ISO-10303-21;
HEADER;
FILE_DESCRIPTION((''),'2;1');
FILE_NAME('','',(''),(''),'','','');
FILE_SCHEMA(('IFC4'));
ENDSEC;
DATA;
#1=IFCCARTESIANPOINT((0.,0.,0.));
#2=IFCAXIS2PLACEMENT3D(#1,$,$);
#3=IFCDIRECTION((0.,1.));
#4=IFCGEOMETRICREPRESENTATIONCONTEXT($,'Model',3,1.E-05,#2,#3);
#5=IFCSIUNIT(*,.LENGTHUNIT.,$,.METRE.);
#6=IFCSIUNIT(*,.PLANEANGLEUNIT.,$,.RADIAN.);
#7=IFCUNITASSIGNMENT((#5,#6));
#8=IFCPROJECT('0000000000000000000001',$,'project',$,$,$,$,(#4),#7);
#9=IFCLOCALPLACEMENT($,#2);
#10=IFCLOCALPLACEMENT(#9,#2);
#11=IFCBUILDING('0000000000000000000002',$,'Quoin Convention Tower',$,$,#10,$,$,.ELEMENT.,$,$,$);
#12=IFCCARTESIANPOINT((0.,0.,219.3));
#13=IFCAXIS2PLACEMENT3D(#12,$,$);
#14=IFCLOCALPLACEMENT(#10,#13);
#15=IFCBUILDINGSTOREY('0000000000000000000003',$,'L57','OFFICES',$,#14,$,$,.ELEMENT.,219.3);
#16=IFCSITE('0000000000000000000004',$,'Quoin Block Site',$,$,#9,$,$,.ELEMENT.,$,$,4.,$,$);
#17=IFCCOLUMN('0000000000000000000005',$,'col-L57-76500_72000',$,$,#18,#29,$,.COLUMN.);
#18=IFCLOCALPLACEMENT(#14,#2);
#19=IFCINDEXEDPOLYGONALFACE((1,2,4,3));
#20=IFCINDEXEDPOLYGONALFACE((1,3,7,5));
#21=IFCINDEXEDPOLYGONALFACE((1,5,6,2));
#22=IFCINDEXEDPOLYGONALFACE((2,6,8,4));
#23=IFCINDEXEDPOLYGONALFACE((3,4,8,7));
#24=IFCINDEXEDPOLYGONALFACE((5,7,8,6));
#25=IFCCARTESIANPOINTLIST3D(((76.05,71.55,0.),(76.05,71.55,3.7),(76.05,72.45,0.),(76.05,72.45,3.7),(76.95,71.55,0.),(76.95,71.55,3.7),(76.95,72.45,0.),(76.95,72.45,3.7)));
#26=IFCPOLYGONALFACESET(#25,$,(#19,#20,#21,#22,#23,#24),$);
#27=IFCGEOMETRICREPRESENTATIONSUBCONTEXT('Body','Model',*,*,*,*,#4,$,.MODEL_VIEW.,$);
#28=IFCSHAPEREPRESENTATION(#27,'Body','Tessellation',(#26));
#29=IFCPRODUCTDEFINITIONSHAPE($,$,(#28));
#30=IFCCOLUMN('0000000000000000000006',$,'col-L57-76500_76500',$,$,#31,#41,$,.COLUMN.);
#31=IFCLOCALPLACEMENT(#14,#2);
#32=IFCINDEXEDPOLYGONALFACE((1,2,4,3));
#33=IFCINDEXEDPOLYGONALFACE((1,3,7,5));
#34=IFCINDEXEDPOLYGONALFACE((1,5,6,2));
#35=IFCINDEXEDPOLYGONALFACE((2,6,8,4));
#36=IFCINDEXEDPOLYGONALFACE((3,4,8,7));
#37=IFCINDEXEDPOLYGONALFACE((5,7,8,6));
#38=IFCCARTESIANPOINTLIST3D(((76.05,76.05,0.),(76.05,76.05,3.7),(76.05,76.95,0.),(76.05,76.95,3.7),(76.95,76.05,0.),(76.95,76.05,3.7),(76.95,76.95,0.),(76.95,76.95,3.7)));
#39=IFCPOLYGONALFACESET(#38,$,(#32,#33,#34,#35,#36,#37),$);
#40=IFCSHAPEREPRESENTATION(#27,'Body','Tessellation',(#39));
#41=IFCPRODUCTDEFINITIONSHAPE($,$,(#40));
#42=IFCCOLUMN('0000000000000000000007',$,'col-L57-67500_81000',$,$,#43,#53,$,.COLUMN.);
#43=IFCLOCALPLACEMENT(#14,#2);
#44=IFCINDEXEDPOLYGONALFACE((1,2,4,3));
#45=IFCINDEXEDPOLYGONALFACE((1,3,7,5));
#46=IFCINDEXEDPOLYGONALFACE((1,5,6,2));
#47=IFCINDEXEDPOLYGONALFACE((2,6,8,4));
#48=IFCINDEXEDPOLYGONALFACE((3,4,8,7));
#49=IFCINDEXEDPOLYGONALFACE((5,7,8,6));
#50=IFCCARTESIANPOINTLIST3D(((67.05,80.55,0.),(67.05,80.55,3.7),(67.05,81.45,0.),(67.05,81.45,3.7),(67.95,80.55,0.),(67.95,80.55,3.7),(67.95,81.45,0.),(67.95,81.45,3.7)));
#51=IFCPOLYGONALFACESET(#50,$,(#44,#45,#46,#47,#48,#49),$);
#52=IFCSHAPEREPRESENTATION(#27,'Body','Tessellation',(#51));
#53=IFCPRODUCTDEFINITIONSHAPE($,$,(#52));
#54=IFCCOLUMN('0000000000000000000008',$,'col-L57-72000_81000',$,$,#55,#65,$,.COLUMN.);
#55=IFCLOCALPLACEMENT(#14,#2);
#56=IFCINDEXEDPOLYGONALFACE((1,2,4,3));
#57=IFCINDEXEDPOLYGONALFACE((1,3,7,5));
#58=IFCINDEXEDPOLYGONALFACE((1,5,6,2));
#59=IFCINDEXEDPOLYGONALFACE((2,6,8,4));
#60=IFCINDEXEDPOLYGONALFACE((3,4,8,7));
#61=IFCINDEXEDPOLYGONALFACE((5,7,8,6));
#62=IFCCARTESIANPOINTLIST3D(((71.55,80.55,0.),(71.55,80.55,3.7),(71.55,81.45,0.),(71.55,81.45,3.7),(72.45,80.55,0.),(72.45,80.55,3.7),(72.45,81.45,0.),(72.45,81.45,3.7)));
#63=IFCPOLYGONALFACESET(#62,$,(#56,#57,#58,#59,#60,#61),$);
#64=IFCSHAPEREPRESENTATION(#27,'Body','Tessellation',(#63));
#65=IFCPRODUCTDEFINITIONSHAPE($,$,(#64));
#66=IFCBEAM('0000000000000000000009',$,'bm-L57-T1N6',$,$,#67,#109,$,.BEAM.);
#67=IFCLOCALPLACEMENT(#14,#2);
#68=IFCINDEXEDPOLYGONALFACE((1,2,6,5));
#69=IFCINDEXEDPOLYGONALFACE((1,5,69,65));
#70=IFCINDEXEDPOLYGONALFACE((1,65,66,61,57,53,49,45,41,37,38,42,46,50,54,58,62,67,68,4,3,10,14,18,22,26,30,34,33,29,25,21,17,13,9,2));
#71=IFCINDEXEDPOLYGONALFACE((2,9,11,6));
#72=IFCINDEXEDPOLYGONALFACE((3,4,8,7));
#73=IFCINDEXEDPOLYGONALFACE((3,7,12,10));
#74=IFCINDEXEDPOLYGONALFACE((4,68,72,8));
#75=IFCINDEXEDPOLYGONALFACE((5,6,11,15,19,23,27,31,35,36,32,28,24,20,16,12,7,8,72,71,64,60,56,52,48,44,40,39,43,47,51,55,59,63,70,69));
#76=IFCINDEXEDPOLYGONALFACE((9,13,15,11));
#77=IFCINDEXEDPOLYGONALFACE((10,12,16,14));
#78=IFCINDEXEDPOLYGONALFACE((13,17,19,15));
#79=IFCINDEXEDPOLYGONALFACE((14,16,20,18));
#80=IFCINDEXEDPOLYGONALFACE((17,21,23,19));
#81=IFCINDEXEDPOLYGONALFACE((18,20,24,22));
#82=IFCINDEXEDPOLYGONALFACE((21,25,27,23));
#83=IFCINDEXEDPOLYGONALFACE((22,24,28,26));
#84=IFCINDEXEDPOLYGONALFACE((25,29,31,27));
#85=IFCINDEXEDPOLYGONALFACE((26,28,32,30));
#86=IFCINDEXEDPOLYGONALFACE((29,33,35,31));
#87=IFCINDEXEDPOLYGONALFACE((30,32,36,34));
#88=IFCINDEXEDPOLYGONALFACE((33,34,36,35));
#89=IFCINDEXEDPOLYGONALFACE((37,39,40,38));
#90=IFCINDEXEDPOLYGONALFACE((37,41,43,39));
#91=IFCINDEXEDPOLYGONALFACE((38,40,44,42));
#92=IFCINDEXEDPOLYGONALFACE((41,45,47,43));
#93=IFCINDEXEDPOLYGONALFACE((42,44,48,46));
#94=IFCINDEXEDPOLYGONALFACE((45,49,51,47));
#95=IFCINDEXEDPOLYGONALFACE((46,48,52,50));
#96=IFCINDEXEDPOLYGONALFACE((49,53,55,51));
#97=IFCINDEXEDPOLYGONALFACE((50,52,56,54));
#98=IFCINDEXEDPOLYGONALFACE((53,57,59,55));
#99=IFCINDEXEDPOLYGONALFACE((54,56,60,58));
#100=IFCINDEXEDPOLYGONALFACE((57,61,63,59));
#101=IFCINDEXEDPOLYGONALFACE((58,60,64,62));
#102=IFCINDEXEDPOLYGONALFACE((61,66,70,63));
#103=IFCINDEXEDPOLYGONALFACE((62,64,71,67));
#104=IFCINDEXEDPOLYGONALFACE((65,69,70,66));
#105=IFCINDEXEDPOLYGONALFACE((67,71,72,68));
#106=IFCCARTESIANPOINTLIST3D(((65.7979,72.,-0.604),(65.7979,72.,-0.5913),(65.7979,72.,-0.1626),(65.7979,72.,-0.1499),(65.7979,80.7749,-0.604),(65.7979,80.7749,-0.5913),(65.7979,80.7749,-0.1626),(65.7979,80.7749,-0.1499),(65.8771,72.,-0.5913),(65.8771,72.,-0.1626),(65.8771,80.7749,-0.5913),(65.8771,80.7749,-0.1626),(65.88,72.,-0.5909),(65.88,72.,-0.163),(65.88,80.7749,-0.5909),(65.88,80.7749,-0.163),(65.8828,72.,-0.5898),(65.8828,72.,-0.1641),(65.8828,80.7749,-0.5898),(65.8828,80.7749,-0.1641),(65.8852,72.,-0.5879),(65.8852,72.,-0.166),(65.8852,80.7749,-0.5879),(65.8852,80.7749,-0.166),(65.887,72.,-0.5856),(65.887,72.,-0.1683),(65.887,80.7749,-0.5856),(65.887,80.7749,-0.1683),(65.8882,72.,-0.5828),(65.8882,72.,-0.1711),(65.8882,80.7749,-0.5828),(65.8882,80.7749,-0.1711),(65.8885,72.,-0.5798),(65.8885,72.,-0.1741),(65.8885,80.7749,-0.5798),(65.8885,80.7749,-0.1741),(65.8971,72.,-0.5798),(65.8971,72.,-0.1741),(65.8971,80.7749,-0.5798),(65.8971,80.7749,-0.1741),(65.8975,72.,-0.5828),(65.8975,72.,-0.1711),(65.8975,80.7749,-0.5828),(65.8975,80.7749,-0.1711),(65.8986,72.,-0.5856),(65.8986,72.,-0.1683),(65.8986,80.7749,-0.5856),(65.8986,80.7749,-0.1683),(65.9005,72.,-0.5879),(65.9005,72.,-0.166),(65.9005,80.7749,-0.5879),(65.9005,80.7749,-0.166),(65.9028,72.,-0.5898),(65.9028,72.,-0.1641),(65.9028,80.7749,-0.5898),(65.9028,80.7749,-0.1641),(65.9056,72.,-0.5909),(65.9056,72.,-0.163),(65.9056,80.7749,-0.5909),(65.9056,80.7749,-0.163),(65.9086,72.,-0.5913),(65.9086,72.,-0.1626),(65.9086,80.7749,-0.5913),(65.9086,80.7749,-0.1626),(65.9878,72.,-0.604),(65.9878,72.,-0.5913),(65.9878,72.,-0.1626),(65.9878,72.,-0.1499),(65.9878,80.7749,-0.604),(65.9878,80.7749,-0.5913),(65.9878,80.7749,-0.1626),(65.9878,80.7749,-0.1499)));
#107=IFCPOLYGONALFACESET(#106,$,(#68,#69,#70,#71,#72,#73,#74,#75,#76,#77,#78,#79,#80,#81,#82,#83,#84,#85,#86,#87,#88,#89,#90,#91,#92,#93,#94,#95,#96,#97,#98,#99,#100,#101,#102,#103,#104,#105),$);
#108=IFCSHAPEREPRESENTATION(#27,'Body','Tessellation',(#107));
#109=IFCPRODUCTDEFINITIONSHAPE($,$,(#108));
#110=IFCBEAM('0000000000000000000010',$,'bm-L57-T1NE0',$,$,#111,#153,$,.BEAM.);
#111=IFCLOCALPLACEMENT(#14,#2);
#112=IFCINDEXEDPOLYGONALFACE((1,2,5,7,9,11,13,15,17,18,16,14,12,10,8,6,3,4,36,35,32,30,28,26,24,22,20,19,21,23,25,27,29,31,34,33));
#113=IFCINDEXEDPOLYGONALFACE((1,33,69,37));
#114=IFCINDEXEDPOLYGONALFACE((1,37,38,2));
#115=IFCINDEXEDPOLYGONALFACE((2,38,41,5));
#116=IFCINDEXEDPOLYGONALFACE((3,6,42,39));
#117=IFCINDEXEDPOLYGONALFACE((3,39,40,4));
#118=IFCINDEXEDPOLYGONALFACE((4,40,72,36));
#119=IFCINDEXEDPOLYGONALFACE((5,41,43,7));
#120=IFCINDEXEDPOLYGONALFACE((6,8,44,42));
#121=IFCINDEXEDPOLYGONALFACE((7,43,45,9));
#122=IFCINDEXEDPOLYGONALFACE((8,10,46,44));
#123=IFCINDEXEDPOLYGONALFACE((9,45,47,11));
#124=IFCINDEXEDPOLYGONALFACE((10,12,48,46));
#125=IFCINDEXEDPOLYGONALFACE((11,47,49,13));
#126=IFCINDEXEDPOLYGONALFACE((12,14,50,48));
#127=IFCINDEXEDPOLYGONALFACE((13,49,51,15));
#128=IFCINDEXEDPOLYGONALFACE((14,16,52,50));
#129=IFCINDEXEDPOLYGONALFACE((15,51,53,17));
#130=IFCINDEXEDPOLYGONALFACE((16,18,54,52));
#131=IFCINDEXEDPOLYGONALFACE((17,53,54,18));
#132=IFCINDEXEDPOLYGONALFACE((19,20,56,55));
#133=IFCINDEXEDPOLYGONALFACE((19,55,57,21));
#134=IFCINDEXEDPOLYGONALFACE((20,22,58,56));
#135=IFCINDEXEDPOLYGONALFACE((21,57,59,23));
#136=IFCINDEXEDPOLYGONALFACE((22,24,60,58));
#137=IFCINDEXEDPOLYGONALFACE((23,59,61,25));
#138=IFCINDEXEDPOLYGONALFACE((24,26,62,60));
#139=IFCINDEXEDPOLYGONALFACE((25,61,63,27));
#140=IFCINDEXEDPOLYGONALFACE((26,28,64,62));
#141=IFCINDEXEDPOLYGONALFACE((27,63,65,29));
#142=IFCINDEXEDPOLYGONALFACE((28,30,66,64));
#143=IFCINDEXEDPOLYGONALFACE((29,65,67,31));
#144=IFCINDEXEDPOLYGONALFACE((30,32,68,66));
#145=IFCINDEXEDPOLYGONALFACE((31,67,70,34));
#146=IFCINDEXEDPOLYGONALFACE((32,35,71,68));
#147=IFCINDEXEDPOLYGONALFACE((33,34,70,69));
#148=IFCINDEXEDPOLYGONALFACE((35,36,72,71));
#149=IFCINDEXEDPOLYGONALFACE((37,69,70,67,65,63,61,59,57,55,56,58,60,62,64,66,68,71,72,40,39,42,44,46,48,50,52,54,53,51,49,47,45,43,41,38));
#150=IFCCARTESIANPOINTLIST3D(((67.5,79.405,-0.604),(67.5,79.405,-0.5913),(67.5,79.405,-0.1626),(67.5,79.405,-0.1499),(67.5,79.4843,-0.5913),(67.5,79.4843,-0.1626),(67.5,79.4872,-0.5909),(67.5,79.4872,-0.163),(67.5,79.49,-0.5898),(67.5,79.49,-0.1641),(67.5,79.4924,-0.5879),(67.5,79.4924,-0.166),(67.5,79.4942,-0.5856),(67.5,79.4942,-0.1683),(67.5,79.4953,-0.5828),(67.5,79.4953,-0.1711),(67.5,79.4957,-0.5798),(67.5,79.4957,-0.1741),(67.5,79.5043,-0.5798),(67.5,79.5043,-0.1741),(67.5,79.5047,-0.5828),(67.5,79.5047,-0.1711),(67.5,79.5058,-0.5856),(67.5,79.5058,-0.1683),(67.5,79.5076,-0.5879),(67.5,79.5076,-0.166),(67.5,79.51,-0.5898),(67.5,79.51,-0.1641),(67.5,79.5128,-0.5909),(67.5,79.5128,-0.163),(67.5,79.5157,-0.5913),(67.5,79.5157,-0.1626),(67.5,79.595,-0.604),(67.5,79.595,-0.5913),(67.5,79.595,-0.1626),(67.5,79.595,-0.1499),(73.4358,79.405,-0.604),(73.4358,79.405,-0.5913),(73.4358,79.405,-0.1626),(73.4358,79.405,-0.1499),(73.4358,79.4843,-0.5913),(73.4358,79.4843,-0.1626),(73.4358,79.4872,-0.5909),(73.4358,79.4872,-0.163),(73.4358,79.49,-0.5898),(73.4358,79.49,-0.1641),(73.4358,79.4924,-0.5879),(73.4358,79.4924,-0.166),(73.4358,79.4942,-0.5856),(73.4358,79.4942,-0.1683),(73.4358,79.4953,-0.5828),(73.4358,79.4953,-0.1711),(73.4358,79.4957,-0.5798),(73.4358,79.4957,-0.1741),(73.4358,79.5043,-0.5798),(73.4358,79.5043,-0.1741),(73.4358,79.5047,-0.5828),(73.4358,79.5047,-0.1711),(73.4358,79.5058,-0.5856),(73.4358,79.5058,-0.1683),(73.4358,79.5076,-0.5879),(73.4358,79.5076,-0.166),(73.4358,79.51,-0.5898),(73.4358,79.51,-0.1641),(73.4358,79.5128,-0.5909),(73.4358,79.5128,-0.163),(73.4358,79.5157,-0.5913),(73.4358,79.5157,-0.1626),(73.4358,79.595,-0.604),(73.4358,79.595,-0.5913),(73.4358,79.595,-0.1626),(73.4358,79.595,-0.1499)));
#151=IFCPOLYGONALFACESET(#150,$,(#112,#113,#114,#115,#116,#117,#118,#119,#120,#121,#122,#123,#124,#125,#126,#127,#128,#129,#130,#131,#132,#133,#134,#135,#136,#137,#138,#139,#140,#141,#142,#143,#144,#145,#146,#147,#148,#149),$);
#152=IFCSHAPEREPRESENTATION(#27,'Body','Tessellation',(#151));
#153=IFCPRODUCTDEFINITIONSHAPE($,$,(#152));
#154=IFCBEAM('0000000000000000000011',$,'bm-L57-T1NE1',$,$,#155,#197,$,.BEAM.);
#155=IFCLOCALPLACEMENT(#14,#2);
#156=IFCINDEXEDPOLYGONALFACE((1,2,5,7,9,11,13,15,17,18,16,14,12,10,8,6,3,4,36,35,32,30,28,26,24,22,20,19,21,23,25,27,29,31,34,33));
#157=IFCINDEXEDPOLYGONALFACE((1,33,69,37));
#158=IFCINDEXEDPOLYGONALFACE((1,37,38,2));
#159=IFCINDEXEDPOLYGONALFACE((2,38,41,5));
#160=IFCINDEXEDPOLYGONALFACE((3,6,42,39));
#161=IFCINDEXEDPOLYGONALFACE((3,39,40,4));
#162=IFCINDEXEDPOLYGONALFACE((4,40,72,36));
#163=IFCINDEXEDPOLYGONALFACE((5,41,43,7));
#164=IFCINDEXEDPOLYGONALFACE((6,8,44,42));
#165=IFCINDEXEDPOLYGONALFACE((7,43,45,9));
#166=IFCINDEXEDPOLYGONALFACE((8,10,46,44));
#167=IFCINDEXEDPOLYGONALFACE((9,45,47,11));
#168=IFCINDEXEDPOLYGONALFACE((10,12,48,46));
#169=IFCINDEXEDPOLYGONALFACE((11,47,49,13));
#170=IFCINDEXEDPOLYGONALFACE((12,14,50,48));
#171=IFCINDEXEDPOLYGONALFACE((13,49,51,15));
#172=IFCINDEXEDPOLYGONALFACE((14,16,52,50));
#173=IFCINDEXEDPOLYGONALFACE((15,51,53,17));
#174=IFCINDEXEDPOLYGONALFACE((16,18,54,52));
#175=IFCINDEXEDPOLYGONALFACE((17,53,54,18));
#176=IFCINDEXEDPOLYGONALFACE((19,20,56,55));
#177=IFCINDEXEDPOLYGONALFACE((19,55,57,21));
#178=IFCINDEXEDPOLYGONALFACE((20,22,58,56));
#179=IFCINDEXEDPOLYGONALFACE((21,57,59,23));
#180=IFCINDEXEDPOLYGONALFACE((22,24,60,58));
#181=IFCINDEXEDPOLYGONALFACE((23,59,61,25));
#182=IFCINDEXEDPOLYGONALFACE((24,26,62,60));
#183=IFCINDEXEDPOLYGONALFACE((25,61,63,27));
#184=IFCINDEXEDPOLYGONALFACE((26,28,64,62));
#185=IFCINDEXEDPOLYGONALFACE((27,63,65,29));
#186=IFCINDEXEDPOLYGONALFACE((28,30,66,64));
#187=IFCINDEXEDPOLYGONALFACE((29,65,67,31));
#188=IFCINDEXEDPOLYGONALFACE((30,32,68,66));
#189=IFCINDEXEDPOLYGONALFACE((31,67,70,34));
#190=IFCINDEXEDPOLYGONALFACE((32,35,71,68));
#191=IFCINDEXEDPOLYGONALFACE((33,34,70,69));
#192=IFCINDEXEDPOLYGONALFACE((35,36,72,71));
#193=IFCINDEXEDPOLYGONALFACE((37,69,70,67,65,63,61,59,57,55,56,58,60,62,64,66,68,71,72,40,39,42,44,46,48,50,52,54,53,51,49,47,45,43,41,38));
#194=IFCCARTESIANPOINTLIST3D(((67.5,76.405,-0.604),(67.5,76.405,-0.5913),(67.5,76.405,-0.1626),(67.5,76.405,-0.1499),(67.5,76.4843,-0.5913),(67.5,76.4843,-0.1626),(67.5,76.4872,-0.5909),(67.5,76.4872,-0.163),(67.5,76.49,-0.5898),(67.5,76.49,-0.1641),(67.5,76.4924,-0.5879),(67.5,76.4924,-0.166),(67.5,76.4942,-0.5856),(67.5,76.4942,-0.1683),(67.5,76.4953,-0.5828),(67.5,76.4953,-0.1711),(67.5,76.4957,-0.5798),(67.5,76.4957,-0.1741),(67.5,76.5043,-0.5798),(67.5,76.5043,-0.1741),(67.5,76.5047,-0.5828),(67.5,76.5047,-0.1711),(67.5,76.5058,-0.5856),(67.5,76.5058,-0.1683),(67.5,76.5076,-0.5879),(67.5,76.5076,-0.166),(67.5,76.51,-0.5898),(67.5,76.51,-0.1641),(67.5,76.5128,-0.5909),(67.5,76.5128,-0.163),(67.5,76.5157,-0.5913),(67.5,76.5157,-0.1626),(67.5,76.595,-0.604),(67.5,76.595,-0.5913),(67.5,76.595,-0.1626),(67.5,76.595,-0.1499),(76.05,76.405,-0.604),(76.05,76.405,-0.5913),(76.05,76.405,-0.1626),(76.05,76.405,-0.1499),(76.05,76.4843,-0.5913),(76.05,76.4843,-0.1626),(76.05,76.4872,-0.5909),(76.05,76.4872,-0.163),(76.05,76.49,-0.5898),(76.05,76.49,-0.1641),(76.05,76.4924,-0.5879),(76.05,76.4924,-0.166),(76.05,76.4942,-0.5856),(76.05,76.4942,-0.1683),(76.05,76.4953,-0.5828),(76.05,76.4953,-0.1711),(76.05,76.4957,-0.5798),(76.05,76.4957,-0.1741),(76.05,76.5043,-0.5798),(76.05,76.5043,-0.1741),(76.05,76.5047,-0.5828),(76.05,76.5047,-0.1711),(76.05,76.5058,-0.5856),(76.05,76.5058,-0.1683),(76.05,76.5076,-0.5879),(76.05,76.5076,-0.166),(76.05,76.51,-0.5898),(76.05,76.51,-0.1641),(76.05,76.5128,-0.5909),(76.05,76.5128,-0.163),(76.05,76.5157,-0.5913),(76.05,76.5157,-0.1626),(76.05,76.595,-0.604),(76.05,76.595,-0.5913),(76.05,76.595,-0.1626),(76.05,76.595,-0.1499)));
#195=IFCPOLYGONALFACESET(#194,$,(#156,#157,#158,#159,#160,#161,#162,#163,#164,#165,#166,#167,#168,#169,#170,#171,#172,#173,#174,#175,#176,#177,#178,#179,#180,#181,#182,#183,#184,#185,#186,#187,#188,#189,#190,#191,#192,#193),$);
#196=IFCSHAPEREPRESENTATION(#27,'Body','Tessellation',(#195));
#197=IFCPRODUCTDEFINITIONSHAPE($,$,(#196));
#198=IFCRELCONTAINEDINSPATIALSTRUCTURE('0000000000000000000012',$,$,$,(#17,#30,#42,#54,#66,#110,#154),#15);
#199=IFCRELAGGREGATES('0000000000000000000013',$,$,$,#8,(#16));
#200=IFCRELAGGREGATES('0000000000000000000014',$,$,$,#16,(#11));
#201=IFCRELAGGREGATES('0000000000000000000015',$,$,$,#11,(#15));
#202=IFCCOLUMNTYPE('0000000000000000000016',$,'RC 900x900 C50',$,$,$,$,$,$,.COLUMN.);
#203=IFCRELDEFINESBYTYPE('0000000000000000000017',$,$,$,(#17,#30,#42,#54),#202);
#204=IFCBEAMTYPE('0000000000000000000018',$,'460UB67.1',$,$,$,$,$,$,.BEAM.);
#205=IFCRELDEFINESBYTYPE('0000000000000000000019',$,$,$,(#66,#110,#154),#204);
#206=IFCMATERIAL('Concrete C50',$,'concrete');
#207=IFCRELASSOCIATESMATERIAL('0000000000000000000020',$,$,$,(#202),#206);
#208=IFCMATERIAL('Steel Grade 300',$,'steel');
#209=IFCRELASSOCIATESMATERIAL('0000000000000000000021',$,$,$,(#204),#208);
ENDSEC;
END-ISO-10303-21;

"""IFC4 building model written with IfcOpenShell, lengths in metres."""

from ifc_helpers import new_model, si_unit, direction, frame, origin, origin_2d, place, context, subcontext, project, spatial, rectangle, i_section, extrude, material, material_profile, profile_set, type_object, element, save


model = new_model("IFC4")

# Units and contexts
model_context = context("Model", 3, precision=1e-05, world=origin(), true_north=direction((0.0, 1.0)))
body_context = subcontext(model_context, "Body", "Model", "MODEL_VIEW")
ifc_project = project(units=[si_unit("LENGTHUNIT", "METRE"), si_unit("PLANEANGLEUNIT", "RADIAN")], contexts=[model_context])

# Site, building, storey
site_placement = place(None, origin())
site = spatial("IfcSite", under=ifc_project, at=site_placement, Name="Quoin Block Site", CompositionType="ELEMENT", RefElevation=4.0)
building_placement = place(site_placement, origin())
building = spatial("IfcBuilding", under=site, at=building_placement, Name="Quoin Convention Tower", CompositionType="ELEMENT")
storey_placement = place(building_placement, frame((0.0, 0.0, 219.3)))
storey = spatial("IfcBuildingStorey", under=building, at=storey_placement, Name="L57", Description="OFFICES", CompositionType="ELEMENT", Elevation=219.3)

# Columns
ifc_material_1 = material(Name="Concrete C50", Category="concrete")
ifc_material_profile_1 = material_profile(ifc_material_1, rectangle(XDim=0.8999, YDim=0.8999, at=origin_2d()), Name="RC 900x900")
ifc_profile_set_1 = profile_set([ifc_material_profile_1], Name="Concrete C50")
column_type = type_object("IfcColumnType", Name="RC 900x900 C50", PredefinedType="COLUMN", material=ifc_profile_set_1)
for number, where, z_axis, x_axis, name in (
    (1, (76.5, 72.0, 0.0), (0.0, 0.0, 1.0), (1.0, 0.0, 0.0), "col-L57-76500_72000"),
    (2, (76.5, 76.5, 0.0), (0.0, 0.0, 1.0), (1.0, 0.0, 0.0), "col-L57-76500_76500"),
    (3, (67.5, 81.0, 0.0), (0.0, 0.0, 1.0), (1.0, 0.0, 0.0), "col-L57-67500_81000"),
    (4, (72.0, 81.0, 0.0), (0.0, 0.0, 1.0), (1.0, 0.0, 0.0), "col-L57-72000_81000"),
):
    element("IfcColumn", number, at=place(storey_placement, frame(where, z_axis=z_axis, x_axis=x_axis)), inside=storey, type_object=column_type, Name=name, PredefinedType="COLUMN", context=body_context, shape_type="SweptSolid", body=[
        extrude(rectangle(XDim=0.8999, YDim=0.8999, at=origin_2d()), origin(), (0.0, 0.0, 1.0), 3.7),
    ])

# Beams
ifc_material_2 = material(Name="Steel Grade 300", Category="steel")
ifc_material_profile_2 = material_profile(ifc_material_2, i_section(OverallWidth=0.1899, OverallDepth=0.4541, WebThickness=0.0085, FlangeThickness=0.0127, FilletRadius=0.0115, at=origin_2d()), Name="460UB67.1")
ifc_profile_set_2 = profile_set([ifc_material_profile_2], Name="Steel Grade 300")
beam_type_1 = type_object("IfcBeamType", Name="460UB67.1", PredefinedType="BEAM", material=ifc_profile_set_2)
beam_1_placement = place(storey_placement, frame((65.8928, 72.0, -0.377), z_axis=(0.0, 1.0, 0.0), x_axis=(-1.0, 0.0, 0.0)))
element("IfcBeam", 5, at=beam_1_placement, inside=storey, type_object=beam_type_1, Name="bm-L57-T1N6", PredefinedType="BEAM", context=body_context, shape_type="SweptSolid", body=[
    extrude(i_section(OverallWidth=0.1899, OverallDepth=0.4541, WebThickness=0.0085, FlangeThickness=0.0127, FilletRadius=0.0115, at=origin_2d()), origin(), (0.0, 0.0, 1.0), 8.7749),
])
beam_2_placement = place(storey_placement, frame((67.5, 79.5, -0.377), z_axis=(1.0, 0.0, 0.0), x_axis=(0.0, 1.0, 0.0)))
element("IfcBeam", 6, at=beam_2_placement, inside=storey, type_object=beam_type_1, Name="bm-L57-T1NE0", PredefinedType="BEAM", context=body_context, shape_type="SweptSolid", body=[
    extrude(i_section(OverallWidth=0.1899, OverallDepth=0.4541, WebThickness=0.0085, FlangeThickness=0.0127, FilletRadius=0.0115, at=origin_2d()), origin(), (0.0, 0.0, 1.0), 5.9358),
])
beam_3_placement = place(storey_placement, frame((67.5, 76.5, -0.377), z_axis=(1.0, 0.0, 0.0), x_axis=(0.0, 1.0, 0.0)))
element("IfcBeam", 7, at=beam_3_placement, inside=storey, type_object=beam_type_1, Name="bm-L57-T1NE1", PredefinedType="BEAM", context=body_context, shape_type="SweptSolid", body=[
    extrude(i_section(OverallWidth=0.1899, OverallDepth=0.4541, WebThickness=0.0085, FlangeThickness=0.0127, FilletRadius=0.0115, at=origin_2d()), origin(), (0.0, 0.0, 1.0), 8.55),
])

save(model, "model.ifc")
